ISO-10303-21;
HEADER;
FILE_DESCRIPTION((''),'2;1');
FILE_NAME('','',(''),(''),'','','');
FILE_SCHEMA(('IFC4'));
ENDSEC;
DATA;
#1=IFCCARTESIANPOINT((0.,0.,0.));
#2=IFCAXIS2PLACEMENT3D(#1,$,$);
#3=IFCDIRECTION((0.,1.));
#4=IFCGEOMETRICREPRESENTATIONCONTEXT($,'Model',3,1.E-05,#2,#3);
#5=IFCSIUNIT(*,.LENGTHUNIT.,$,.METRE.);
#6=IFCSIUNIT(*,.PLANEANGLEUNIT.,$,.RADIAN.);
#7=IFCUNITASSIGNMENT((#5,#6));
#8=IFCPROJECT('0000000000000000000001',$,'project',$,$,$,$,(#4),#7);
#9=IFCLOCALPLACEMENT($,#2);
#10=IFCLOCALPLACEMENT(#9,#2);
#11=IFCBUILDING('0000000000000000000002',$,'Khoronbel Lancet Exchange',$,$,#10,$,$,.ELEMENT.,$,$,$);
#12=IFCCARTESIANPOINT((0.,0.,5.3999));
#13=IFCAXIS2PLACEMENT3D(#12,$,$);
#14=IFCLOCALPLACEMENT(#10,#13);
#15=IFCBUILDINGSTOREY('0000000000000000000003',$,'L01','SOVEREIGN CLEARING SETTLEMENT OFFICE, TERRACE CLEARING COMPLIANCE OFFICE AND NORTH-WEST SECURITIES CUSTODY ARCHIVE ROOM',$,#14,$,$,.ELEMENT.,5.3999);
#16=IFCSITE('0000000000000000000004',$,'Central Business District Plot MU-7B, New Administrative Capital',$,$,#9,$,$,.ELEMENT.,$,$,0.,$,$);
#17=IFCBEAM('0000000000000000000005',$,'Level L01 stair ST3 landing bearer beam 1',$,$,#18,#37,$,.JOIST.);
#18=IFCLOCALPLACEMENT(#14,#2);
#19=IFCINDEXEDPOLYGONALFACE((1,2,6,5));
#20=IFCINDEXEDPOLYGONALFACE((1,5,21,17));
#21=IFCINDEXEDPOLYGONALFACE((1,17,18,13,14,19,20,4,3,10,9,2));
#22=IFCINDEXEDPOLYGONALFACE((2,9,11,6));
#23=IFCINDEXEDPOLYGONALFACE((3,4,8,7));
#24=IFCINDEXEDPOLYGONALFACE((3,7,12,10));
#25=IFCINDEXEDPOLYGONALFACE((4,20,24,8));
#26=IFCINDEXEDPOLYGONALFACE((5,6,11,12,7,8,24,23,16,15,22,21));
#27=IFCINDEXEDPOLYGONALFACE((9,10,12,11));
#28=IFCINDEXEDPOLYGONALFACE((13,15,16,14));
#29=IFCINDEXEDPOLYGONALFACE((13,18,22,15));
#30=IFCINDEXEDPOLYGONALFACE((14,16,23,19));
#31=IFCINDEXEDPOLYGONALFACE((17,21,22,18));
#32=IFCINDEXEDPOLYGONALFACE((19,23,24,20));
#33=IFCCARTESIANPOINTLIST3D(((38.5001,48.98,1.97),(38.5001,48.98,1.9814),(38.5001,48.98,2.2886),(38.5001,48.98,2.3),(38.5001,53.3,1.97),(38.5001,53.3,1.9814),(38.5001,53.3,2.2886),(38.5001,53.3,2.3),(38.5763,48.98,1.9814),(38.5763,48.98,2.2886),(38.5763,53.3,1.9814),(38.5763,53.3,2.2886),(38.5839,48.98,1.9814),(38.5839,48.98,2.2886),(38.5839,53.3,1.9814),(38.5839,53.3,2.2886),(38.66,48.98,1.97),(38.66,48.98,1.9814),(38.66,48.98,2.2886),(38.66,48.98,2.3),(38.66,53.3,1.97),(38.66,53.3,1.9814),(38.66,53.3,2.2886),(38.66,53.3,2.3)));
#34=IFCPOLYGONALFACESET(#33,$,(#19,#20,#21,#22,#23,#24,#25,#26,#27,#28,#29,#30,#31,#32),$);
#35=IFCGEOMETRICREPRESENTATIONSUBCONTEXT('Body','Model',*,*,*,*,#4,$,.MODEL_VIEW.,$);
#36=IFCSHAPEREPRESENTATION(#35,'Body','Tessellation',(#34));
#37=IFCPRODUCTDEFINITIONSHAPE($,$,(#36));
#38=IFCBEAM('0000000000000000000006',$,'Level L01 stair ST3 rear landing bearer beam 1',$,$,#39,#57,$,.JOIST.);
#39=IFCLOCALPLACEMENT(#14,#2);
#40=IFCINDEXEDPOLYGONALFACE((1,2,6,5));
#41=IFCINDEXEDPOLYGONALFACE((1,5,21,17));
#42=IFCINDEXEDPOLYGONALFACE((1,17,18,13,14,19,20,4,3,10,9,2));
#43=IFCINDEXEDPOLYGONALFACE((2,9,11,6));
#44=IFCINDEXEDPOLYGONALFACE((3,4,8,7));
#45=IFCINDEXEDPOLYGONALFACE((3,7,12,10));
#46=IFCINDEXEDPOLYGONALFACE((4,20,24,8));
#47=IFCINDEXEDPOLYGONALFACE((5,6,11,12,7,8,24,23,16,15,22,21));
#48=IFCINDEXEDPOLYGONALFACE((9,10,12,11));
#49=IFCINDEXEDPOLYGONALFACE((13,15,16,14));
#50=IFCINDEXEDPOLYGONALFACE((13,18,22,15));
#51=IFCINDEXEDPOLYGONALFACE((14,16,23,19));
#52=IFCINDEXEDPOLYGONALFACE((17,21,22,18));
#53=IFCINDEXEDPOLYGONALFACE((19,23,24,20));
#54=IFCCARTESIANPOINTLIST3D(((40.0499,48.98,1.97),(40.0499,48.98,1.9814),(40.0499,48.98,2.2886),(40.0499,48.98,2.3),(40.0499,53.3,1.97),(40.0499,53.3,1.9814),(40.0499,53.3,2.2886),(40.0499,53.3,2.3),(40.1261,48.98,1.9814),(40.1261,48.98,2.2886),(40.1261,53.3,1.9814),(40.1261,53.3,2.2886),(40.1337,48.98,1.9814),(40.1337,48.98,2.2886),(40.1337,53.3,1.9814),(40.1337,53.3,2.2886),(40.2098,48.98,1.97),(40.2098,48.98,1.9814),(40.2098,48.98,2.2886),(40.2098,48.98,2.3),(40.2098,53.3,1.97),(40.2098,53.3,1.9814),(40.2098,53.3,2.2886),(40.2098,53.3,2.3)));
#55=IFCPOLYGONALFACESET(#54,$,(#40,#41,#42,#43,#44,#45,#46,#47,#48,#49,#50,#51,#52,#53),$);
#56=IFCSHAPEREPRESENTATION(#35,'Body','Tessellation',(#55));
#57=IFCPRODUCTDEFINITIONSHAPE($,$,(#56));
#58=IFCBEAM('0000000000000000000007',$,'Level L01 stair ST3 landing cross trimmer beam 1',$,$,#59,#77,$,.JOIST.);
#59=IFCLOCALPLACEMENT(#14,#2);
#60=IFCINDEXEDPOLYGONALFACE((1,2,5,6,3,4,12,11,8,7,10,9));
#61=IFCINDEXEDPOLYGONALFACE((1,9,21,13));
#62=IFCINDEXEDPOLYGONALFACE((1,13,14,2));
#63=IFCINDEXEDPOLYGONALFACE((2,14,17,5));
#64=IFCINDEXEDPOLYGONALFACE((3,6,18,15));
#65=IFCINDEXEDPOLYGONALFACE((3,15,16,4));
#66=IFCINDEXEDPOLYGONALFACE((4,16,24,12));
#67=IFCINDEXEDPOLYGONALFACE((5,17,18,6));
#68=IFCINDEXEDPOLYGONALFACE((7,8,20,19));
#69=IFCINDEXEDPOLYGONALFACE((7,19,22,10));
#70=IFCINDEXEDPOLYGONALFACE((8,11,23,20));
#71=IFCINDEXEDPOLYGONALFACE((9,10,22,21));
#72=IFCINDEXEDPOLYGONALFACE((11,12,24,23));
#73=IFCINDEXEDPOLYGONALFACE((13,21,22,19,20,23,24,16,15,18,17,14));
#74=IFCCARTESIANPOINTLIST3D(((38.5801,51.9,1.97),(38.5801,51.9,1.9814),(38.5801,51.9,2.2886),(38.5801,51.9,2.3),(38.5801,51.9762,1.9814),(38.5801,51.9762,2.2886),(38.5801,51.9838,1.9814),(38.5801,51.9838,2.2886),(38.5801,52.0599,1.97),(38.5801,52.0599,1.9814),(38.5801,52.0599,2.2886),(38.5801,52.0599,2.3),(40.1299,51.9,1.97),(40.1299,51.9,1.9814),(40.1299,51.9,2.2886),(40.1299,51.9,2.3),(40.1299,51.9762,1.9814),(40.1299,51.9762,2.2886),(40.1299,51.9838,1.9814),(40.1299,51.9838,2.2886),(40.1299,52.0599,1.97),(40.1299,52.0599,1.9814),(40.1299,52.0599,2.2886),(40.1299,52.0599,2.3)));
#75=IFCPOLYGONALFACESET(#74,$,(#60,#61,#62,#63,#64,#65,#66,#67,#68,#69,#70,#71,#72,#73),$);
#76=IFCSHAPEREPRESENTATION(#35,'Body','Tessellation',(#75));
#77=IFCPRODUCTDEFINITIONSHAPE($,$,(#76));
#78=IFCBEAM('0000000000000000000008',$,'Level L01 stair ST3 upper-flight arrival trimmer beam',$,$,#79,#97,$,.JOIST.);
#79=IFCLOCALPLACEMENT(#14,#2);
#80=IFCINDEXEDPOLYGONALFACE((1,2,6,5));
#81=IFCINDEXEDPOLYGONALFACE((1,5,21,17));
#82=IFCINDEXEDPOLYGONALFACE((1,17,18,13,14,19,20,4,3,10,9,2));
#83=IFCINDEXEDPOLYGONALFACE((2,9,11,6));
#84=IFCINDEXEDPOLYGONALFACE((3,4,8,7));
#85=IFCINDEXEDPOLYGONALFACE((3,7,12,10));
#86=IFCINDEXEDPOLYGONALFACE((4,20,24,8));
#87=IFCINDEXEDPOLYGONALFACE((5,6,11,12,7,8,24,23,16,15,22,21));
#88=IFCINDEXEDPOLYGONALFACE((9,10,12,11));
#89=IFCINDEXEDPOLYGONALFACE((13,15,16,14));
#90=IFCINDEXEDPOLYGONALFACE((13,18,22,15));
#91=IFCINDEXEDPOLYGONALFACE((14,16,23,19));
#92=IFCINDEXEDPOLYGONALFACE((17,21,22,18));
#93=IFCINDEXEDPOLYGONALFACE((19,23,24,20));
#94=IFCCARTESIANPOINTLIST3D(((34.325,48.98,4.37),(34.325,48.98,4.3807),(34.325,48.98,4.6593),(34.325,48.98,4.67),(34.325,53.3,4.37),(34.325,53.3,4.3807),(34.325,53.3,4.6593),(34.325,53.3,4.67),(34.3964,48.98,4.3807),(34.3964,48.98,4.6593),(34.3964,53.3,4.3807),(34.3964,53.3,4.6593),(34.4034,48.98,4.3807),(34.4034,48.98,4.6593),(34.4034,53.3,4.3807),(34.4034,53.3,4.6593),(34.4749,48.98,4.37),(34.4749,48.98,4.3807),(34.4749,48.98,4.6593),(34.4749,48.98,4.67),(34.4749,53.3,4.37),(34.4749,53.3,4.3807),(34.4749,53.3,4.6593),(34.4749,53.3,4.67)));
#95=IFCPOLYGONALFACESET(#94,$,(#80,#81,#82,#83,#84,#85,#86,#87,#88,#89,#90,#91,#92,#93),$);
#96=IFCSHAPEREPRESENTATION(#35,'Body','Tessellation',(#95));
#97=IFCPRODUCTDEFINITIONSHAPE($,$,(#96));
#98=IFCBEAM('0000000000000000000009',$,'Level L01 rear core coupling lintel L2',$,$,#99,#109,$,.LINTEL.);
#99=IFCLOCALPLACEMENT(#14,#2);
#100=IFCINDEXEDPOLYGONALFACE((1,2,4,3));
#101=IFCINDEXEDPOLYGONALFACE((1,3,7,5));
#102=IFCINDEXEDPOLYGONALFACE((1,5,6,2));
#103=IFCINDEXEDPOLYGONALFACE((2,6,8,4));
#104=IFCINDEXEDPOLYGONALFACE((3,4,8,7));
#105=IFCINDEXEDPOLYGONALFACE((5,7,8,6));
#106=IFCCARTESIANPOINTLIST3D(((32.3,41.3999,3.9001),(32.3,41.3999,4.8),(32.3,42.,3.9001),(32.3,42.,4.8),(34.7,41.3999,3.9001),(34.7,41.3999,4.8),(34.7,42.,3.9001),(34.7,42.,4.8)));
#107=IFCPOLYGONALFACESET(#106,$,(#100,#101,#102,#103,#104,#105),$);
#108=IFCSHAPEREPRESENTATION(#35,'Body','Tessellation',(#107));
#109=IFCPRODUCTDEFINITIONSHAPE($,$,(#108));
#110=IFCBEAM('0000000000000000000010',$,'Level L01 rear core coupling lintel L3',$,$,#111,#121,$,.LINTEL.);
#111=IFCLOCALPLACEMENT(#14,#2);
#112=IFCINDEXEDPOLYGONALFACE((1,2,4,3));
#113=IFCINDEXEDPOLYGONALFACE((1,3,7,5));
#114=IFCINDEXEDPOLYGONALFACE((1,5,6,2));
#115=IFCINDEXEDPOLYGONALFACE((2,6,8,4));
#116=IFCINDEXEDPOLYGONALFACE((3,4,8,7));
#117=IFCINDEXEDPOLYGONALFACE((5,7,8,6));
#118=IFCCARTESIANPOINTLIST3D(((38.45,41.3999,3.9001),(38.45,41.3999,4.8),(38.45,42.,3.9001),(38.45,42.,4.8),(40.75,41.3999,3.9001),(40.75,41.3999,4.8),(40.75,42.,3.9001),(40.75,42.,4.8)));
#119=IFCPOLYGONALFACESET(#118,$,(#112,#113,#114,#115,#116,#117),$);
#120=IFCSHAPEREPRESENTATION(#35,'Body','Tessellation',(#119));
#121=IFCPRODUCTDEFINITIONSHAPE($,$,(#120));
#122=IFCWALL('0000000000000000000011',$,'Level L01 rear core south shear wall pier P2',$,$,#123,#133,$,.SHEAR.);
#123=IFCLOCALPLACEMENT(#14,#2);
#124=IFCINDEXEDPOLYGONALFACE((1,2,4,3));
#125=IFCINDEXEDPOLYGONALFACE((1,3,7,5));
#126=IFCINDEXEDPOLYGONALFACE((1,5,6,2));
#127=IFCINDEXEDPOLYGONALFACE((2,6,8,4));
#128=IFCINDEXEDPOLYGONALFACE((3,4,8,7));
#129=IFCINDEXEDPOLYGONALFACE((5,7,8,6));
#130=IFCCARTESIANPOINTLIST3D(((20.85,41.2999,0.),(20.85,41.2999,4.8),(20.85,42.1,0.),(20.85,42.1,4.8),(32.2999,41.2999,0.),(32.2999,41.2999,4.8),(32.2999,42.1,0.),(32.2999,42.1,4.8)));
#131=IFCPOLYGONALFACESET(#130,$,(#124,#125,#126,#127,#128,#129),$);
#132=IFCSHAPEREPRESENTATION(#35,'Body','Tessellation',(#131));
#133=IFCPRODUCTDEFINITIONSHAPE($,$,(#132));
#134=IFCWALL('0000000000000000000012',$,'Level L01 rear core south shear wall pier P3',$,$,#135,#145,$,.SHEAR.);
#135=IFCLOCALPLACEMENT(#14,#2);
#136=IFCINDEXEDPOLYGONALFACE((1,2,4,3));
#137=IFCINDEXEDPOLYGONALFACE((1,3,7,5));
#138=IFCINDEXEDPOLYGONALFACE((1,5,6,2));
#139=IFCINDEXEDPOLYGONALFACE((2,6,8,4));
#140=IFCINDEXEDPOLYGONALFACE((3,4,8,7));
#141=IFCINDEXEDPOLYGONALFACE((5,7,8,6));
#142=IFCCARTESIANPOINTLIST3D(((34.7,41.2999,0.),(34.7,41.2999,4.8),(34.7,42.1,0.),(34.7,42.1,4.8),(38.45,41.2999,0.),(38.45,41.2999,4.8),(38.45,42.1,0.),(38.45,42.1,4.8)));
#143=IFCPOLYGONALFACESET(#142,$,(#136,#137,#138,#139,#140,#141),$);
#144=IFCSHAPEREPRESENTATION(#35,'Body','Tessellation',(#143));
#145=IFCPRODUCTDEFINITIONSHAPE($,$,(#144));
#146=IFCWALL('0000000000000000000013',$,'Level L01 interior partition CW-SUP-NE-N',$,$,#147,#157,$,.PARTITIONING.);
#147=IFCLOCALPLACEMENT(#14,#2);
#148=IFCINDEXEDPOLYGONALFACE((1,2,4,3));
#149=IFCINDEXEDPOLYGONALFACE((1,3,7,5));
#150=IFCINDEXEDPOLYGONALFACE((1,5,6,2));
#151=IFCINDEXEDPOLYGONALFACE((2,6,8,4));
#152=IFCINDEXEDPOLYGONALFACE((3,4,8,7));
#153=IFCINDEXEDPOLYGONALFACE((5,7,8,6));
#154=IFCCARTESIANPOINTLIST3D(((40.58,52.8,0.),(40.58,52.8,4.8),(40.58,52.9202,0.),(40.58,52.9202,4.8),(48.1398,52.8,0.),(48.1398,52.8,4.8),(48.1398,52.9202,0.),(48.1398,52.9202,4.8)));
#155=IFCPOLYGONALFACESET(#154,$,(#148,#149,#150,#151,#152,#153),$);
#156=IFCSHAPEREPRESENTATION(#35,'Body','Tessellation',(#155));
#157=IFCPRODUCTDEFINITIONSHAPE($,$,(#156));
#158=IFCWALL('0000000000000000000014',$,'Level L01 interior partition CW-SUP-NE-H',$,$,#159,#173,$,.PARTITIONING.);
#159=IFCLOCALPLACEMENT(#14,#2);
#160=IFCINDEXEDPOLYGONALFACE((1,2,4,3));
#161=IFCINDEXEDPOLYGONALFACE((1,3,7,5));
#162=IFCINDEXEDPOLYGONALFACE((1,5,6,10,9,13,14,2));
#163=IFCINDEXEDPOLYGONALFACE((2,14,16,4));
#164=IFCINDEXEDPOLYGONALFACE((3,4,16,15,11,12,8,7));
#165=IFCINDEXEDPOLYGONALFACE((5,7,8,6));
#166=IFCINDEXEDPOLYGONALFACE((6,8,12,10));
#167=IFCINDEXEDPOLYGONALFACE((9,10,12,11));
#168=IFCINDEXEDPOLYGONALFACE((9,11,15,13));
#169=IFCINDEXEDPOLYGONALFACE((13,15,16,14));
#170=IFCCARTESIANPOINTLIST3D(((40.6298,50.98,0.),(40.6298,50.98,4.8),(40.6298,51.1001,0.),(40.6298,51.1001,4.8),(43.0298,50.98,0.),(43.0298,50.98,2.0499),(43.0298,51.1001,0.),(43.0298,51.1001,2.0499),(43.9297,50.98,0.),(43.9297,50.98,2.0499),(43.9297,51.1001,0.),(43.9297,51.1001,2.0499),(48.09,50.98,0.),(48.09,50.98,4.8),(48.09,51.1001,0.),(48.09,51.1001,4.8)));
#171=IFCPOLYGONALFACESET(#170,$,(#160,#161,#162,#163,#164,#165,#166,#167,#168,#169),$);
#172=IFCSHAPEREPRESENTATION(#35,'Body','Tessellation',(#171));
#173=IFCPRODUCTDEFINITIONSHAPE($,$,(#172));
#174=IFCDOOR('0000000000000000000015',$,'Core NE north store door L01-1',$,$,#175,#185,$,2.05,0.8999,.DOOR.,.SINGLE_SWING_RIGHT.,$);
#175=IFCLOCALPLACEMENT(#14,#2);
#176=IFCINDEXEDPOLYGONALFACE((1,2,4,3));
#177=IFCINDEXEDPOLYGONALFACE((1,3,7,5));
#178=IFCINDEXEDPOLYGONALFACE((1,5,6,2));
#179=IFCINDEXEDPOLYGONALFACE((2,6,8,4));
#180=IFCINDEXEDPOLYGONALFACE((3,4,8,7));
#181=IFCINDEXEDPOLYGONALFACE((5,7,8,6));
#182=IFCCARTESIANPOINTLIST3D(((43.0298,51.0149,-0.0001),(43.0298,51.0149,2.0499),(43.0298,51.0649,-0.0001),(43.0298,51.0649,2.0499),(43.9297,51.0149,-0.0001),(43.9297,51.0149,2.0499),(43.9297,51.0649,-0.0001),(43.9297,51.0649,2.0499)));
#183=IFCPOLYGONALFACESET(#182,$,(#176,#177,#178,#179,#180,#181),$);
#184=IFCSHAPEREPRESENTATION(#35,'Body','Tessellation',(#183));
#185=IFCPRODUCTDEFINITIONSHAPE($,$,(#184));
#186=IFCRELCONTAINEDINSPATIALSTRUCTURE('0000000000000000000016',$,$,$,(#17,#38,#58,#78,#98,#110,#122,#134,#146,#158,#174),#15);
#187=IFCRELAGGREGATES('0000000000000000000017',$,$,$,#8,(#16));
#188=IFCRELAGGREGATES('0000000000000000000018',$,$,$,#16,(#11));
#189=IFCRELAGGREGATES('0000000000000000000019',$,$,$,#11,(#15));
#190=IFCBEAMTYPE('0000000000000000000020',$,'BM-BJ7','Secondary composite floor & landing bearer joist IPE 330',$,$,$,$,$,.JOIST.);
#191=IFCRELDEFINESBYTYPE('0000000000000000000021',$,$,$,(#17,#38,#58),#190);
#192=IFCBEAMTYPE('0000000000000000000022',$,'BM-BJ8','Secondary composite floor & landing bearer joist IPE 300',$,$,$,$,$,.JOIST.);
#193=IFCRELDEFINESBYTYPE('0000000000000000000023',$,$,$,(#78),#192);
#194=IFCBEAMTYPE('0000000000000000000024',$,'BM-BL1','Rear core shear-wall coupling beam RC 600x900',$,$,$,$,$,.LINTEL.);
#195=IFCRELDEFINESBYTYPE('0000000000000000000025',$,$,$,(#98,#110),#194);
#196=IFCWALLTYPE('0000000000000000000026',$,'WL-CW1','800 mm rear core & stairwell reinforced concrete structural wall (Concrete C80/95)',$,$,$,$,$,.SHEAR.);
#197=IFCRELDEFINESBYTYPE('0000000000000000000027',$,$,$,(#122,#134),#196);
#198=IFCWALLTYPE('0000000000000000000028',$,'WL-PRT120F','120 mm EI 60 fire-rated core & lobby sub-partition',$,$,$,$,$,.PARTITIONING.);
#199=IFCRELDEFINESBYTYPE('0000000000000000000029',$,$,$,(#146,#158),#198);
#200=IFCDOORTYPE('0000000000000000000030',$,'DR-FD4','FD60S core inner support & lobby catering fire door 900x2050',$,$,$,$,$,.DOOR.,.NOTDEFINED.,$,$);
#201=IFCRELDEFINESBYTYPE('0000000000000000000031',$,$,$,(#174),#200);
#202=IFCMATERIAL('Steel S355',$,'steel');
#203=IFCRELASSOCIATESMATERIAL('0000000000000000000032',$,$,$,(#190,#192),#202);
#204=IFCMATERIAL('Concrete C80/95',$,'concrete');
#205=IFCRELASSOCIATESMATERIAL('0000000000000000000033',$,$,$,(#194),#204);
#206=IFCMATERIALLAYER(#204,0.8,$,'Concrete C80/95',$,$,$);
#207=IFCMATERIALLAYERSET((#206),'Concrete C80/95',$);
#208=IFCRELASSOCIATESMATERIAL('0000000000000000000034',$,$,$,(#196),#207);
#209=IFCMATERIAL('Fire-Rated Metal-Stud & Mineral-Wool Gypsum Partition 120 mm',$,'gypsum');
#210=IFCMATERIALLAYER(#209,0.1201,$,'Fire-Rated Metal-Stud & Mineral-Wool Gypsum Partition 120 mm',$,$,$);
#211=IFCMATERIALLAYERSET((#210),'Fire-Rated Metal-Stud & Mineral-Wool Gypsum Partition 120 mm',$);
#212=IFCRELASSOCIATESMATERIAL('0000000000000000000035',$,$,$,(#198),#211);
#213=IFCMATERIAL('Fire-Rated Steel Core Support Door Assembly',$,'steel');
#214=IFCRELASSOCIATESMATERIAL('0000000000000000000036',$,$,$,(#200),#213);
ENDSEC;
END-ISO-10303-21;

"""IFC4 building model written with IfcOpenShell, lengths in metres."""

from ifc_helpers import new_model, si_unit, direction, frame, frame_2d, origin, origin_2d, place, context, subcontext, project, spatial, rectangle, i_section, extrude, material, layer, layer_set, material_profile, profile_set, type_object, element, fill, save


model = new_model("IFC4")

# Units and contexts
model_context = context("Model", 3, precision=1e-05, world=origin(), true_north=direction((0.0, 1.0)))
body_context = subcontext(model_context, "Body", "Model", "MODEL_VIEW")
ifc_project = project(units=[si_unit("LENGTHUNIT", "METRE"), si_unit("PLANEANGLEUNIT", "RADIAN")], contexts=[model_context])

# Site, building, storey
site_placement = place(None, origin())
site = spatial("IfcSite", under=ifc_project, at=site_placement, Name="Central Business District Plot MU-7B, New Administrative Capital", CompositionType="ELEMENT", RefElevation=0.0)
building_placement = place(site_placement, origin())
building = spatial("IfcBuilding", under=site, at=building_placement, Name="Khoronbel Lancet Exchange", CompositionType="ELEMENT")
storey_placement = place(building_placement, frame((0.0, 0.0, 5.3999)))
storey = spatial("IfcBuildingStorey", under=building, at=storey_placement, Name="L01", Description="SOVEREIGN CLEARING SETTLEMENT OFFICE, TERRACE CLEARING COMPLIANCE OFFICE AND NORTH-WEST SECURITIES CUSTODY ARCHIVE ROOM", CompositionType="ELEMENT", Elevation=5.3999)

# Beams
ifc_material_1 = material(Name="Steel S355", Category="steel")
ifc_material_profile_1 = material_profile(ifc_material_1, i_section(OverallWidth=0.1599, OverallDepth=0.3301, WebThickness=0.0076, FlangeThickness=0.0115, at=origin_2d()), Name="IPE 330")
ifc_profile_set_1 = profile_set([ifc_material_profile_1], Name="Steel S355")
beam_type_1 = type_object("IfcBeamType", Name="BM-BJ7", Description="Secondary composite floor & landing bearer joist IPE 330", PredefinedType="JOIST", material=ifc_profile_set_1)
for number, where, z_axis, x_axis, name in (
    (1, (38.5801, 48.98, 2.135), (0.0, 1.0, 0.0), (-1.0, 0.0, 0.0), "Level L01 stair ST3 landing bearer beam 1"),
    (2, (40.1299, 48.98, 2.135), (0.0, 1.0, 0.0), (-1.0, 0.0, 0.0), "Level L01 stair ST3 rear landing bearer beam 1"),
):
    element("IfcBeam", number, at=place(storey_placement, frame(where, z_axis=z_axis, x_axis=x_axis)), inside=storey, type_object=beam_type_1, Name=name, PredefinedType="JOIST", context=body_context, shape_type="SweptSolid", body=[
        extrude(i_section(OverallWidth=0.1599, OverallDepth=0.3301, WebThickness=0.0076, FlangeThickness=0.0115, at=origin_2d()), origin(), (0.0, 0.0, 1.0), 4.3201),
    ])
beam_1_placement = place(storey_placement, frame((38.5801, 51.98, 2.135), z_axis=(1.0, 0.0, 0.0), x_axis=(0.0, 1.0, 0.0)))
element("IfcBeam", 3, at=beam_1_placement, inside=storey, type_object=beam_type_1, Name="Level L01 stair ST3 landing cross trimmer beam 1", PredefinedType="JOIST", context=body_context, shape_type="SweptSolid", body=[
    extrude(i_section(OverallWidth=0.1599, OverallDepth=0.3301, WebThickness=0.0076, FlangeThickness=0.0115, at=origin_2d()), origin(), (0.0, 0.0, 1.0), 1.5498),
])
ifc_material_profile_2 = material_profile(ifc_material_1, i_section(OverallWidth=0.1499, OverallDepth=0.3, WebThickness=0.0071, FlangeThickness=0.0107, at=origin_2d()), Name="IPE 300")
ifc_profile_set_2 = profile_set([ifc_material_profile_2], Name="Steel S355")
beam_type_2 = type_object("IfcBeamType", Name="BM-BJ8", Description="Secondary composite floor & landing bearer joist IPE 300", PredefinedType="JOIST", material=ifc_profile_set_2)
beam_2_placement = place(storey_placement, frame((34.3999, 48.98, 4.52), z_axis=(0.0, 1.0, 0.0), x_axis=(-1.0, 0.0, 0.0)))
element("IfcBeam", 4, at=beam_2_placement, inside=storey, type_object=beam_type_2, Name="Level L01 stair ST3 upper-flight arrival trimmer beam", PredefinedType="JOIST", context=body_context, shape_type="SweptSolid", body=[
    extrude(i_section(OverallWidth=0.1499, OverallDepth=0.3, WebThickness=0.0071, FlangeThickness=0.0107, at=origin_2d()), origin(), (0.0, 0.0, 1.0), 4.3201),
])
ifc_material_2 = material(Name="Concrete C80/95", Category="concrete")
ifc_material_profile_3 = material_profile(ifc_material_2, rectangle(XDim=0.6001, YDim=0.8999, at=origin_2d()), Name="RC 600x900")
ifc_profile_set_3 = profile_set([ifc_material_profile_3], Name="Concrete C80/95")
beam_type_3 = type_object("IfcBeamType", Name="BM-BL1", Description="Rear core shear-wall coupling beam RC 600x900", PredefinedType="LINTEL", material=ifc_profile_set_3)
beam_3_placement = place(storey_placement, frame((32.3, 41.7, 4.3501), z_axis=(1.0, 0.0, 0.0), x_axis=(0.0, 1.0, 0.0)))
element("IfcBeam", 5, at=beam_3_placement, inside=storey, type_object=beam_type_3, Name="Level L01 rear core coupling lintel L2", PredefinedType="LINTEL", context=body_context, shape_type="SweptSolid", body=[
    extrude(rectangle(XDim=0.6001, YDim=0.8999, at=origin_2d()), origin(), (0.0, 0.0, 1.0), 2.3999),
])
beam_4_placement = place(storey_placement, frame((38.45, 41.7, 4.3501), z_axis=(1.0, 0.0, 0.0), x_axis=(0.0, 1.0, 0.0)))
element("IfcBeam", 6, at=beam_4_placement, inside=storey, type_object=beam_type_3, Name="Level L01 rear core coupling lintel L3", PredefinedType="LINTEL", context=body_context, shape_type="SweptSolid", body=[
    extrude(rectangle(XDim=0.6001, YDim=0.8999, at=origin_2d()), origin(), (0.0, 0.0, 1.0), 2.3),
])

# Walls
ifc_layer_1 = layer(ifc_material_2, 0.8, Name="Concrete C80/95")
ifc_layer_set_1 = layer_set([ifc_layer_1], Name="Concrete C80/95")
wall_type_1 = type_object("IfcWallType", Name="WL-CW1", Description="800 mm rear core & stairwell reinforced concrete structural wall (Concrete C80/95)", PredefinedType="SHEAR", material=ifc_layer_set_1)
wall_1_placement = place(storey_placement, frame((32.3, 41.7, 0.0), z_axis=(0.0, 0.0, 1.0), x_axis=(-1.0, 0.0, 0.0)))
element("IfcWall", 7, at=wall_1_placement, inside=storey, type_object=wall_type_1, Name="Level L01 rear core south shear wall pier P2", PredefinedType="SHEAR", context=body_context, shape_type="SweptSolid", body=[
    extrude(rectangle(XDim=11.45, YDim=0.8, at=frame_2d((5.7251, 0.0))), origin(), (0.0, 0.0, 1.0), 4.8),
])
wall_2_placement = place(storey_placement, frame((38.45, 41.7, 0.0), z_axis=(0.0, 0.0, 1.0), x_axis=(-1.0, 0.0, 0.0)))
element("IfcWall", 8, at=wall_2_placement, inside=storey, type_object=wall_type_1, Name="Level L01 rear core south shear wall pier P3", PredefinedType="SHEAR", context=body_context, shape_type="SweptSolid", body=[
    extrude(rectangle(XDim=3.75, YDim=0.8, at=frame_2d((1.875, 0.0))), origin(), (0.0, 0.0, 1.0), 4.8),
])
ifc_material_3 = material(Name="Fire-Rated Metal-Stud & Mineral-Wool Gypsum Partition 120 mm", Category="gypsum")
ifc_layer_2 = layer(ifc_material_3, 0.1201, Name="Fire-Rated Metal-Stud & Mineral-Wool Gypsum Partition 120 mm")
ifc_layer_set_2 = layer_set([ifc_layer_2], Name="Fire-Rated Metal-Stud & Mineral-Wool Gypsum Partition 120 mm")
wall_type_2 = type_object("IfcWallType", Name="WL-PRT120F", Description="120 mm EI 60 fire-rated core & lobby sub-partition", PredefinedType="PARTITIONING", material=ifc_layer_set_2)
wall_3_placement = place(storey_placement, frame((40.5801, 52.8601, 0.0), z_axis=(0.0, 0.0, 1.0), x_axis=(1.0, 0.0, 0.0)))
element("IfcWall", 9, at=wall_3_placement, inside=storey, type_object=wall_type_2, Name="Level L01 interior partition CW-SUP-NE-N", PredefinedType="PARTITIONING", context=body_context, shape_type="SweptSolid", body=[
    extrude(rectangle(XDim=7.5598, YDim=0.1201, at=frame_2d((3.7798, 0.0))), origin(), (0.0, 0.0, 1.0), 4.8),
])

# Wall, opening, door
wall_4_placement = place(storey_placement, frame((40.6299, 51.04, 0.0), z_axis=(0.0, 0.0, 1.0), x_axis=(1.0, 0.0, 0.0)))
wall_4 = element("IfcWall", 10, at=wall_4_placement, inside=storey, type_object=wall_type_2, Name="Level L01 interior partition CW-SUP-NE-H", PredefinedType="PARTITIONING", context=body_context, shape_type="SweptSolid", body=[
    extrude(rectangle(XDim=7.4602, YDim=0.1201, at=frame_2d((3.73, 0.0))), origin(), (0.0, 0.0, 1.0), 4.8),
])
opening_1_placement = place(wall_4_placement, frame((2.3999, 0.0, 0.0)))
opening_1 = element("IfcOpeningElement", 11, at=opening_1_placement, cuts=wall_4, PredefinedType="OPENING", context=body_context, shape_type="SweptSolid", body=[
    extrude(rectangle(XDim=0.8999, YDim=2.05, at=frame_2d((0.45, 1.0249))), frame((0.0, 0.0701, 0.0), z_axis=(0.0, -1.0, 0.0), x_axis=(1.0, 0.0, 0.0)), (0.0, 0.0, 1.0), 0.1401),
])
ifc_material_4 = material(Name="Fire-Rated Steel Core Support Door Assembly", Category="steel")
door_type_1 = type_object("IfcDoorType", Name="DR-FD4", Description="FD60S core inner support & lobby catering fire door 900x2050", OperationType="NOTDEFINED", PredefinedType="DOOR", material=ifc_material_4)
door_1_placement = place(opening_1_placement, origin())
door_1 = element("IfcDoor", 12, at=door_1_placement, inside=storey, type_object=door_type_1, Name="Core NE north store door L01-1", OperationType="SINGLE_SWING_RIGHT", OverallHeight=2.05, OverallWidth=0.8999, PredefinedType="DOOR", context=body_context, shape_type="SweptSolid", body=[
    extrude(rectangle(XDim=0.8999, YDim=2.05, at=frame_2d((0.45, 1.0249))), frame((0.0, 0.0249, 0.0), z_axis=(0.0, -1.0, 0.0), x_axis=(1.0, 0.0, 0.0)), (0.0, 0.0, 1.0), 0.05),
])
fill(opening_1, door_1)

save(model, "model.ifc")
